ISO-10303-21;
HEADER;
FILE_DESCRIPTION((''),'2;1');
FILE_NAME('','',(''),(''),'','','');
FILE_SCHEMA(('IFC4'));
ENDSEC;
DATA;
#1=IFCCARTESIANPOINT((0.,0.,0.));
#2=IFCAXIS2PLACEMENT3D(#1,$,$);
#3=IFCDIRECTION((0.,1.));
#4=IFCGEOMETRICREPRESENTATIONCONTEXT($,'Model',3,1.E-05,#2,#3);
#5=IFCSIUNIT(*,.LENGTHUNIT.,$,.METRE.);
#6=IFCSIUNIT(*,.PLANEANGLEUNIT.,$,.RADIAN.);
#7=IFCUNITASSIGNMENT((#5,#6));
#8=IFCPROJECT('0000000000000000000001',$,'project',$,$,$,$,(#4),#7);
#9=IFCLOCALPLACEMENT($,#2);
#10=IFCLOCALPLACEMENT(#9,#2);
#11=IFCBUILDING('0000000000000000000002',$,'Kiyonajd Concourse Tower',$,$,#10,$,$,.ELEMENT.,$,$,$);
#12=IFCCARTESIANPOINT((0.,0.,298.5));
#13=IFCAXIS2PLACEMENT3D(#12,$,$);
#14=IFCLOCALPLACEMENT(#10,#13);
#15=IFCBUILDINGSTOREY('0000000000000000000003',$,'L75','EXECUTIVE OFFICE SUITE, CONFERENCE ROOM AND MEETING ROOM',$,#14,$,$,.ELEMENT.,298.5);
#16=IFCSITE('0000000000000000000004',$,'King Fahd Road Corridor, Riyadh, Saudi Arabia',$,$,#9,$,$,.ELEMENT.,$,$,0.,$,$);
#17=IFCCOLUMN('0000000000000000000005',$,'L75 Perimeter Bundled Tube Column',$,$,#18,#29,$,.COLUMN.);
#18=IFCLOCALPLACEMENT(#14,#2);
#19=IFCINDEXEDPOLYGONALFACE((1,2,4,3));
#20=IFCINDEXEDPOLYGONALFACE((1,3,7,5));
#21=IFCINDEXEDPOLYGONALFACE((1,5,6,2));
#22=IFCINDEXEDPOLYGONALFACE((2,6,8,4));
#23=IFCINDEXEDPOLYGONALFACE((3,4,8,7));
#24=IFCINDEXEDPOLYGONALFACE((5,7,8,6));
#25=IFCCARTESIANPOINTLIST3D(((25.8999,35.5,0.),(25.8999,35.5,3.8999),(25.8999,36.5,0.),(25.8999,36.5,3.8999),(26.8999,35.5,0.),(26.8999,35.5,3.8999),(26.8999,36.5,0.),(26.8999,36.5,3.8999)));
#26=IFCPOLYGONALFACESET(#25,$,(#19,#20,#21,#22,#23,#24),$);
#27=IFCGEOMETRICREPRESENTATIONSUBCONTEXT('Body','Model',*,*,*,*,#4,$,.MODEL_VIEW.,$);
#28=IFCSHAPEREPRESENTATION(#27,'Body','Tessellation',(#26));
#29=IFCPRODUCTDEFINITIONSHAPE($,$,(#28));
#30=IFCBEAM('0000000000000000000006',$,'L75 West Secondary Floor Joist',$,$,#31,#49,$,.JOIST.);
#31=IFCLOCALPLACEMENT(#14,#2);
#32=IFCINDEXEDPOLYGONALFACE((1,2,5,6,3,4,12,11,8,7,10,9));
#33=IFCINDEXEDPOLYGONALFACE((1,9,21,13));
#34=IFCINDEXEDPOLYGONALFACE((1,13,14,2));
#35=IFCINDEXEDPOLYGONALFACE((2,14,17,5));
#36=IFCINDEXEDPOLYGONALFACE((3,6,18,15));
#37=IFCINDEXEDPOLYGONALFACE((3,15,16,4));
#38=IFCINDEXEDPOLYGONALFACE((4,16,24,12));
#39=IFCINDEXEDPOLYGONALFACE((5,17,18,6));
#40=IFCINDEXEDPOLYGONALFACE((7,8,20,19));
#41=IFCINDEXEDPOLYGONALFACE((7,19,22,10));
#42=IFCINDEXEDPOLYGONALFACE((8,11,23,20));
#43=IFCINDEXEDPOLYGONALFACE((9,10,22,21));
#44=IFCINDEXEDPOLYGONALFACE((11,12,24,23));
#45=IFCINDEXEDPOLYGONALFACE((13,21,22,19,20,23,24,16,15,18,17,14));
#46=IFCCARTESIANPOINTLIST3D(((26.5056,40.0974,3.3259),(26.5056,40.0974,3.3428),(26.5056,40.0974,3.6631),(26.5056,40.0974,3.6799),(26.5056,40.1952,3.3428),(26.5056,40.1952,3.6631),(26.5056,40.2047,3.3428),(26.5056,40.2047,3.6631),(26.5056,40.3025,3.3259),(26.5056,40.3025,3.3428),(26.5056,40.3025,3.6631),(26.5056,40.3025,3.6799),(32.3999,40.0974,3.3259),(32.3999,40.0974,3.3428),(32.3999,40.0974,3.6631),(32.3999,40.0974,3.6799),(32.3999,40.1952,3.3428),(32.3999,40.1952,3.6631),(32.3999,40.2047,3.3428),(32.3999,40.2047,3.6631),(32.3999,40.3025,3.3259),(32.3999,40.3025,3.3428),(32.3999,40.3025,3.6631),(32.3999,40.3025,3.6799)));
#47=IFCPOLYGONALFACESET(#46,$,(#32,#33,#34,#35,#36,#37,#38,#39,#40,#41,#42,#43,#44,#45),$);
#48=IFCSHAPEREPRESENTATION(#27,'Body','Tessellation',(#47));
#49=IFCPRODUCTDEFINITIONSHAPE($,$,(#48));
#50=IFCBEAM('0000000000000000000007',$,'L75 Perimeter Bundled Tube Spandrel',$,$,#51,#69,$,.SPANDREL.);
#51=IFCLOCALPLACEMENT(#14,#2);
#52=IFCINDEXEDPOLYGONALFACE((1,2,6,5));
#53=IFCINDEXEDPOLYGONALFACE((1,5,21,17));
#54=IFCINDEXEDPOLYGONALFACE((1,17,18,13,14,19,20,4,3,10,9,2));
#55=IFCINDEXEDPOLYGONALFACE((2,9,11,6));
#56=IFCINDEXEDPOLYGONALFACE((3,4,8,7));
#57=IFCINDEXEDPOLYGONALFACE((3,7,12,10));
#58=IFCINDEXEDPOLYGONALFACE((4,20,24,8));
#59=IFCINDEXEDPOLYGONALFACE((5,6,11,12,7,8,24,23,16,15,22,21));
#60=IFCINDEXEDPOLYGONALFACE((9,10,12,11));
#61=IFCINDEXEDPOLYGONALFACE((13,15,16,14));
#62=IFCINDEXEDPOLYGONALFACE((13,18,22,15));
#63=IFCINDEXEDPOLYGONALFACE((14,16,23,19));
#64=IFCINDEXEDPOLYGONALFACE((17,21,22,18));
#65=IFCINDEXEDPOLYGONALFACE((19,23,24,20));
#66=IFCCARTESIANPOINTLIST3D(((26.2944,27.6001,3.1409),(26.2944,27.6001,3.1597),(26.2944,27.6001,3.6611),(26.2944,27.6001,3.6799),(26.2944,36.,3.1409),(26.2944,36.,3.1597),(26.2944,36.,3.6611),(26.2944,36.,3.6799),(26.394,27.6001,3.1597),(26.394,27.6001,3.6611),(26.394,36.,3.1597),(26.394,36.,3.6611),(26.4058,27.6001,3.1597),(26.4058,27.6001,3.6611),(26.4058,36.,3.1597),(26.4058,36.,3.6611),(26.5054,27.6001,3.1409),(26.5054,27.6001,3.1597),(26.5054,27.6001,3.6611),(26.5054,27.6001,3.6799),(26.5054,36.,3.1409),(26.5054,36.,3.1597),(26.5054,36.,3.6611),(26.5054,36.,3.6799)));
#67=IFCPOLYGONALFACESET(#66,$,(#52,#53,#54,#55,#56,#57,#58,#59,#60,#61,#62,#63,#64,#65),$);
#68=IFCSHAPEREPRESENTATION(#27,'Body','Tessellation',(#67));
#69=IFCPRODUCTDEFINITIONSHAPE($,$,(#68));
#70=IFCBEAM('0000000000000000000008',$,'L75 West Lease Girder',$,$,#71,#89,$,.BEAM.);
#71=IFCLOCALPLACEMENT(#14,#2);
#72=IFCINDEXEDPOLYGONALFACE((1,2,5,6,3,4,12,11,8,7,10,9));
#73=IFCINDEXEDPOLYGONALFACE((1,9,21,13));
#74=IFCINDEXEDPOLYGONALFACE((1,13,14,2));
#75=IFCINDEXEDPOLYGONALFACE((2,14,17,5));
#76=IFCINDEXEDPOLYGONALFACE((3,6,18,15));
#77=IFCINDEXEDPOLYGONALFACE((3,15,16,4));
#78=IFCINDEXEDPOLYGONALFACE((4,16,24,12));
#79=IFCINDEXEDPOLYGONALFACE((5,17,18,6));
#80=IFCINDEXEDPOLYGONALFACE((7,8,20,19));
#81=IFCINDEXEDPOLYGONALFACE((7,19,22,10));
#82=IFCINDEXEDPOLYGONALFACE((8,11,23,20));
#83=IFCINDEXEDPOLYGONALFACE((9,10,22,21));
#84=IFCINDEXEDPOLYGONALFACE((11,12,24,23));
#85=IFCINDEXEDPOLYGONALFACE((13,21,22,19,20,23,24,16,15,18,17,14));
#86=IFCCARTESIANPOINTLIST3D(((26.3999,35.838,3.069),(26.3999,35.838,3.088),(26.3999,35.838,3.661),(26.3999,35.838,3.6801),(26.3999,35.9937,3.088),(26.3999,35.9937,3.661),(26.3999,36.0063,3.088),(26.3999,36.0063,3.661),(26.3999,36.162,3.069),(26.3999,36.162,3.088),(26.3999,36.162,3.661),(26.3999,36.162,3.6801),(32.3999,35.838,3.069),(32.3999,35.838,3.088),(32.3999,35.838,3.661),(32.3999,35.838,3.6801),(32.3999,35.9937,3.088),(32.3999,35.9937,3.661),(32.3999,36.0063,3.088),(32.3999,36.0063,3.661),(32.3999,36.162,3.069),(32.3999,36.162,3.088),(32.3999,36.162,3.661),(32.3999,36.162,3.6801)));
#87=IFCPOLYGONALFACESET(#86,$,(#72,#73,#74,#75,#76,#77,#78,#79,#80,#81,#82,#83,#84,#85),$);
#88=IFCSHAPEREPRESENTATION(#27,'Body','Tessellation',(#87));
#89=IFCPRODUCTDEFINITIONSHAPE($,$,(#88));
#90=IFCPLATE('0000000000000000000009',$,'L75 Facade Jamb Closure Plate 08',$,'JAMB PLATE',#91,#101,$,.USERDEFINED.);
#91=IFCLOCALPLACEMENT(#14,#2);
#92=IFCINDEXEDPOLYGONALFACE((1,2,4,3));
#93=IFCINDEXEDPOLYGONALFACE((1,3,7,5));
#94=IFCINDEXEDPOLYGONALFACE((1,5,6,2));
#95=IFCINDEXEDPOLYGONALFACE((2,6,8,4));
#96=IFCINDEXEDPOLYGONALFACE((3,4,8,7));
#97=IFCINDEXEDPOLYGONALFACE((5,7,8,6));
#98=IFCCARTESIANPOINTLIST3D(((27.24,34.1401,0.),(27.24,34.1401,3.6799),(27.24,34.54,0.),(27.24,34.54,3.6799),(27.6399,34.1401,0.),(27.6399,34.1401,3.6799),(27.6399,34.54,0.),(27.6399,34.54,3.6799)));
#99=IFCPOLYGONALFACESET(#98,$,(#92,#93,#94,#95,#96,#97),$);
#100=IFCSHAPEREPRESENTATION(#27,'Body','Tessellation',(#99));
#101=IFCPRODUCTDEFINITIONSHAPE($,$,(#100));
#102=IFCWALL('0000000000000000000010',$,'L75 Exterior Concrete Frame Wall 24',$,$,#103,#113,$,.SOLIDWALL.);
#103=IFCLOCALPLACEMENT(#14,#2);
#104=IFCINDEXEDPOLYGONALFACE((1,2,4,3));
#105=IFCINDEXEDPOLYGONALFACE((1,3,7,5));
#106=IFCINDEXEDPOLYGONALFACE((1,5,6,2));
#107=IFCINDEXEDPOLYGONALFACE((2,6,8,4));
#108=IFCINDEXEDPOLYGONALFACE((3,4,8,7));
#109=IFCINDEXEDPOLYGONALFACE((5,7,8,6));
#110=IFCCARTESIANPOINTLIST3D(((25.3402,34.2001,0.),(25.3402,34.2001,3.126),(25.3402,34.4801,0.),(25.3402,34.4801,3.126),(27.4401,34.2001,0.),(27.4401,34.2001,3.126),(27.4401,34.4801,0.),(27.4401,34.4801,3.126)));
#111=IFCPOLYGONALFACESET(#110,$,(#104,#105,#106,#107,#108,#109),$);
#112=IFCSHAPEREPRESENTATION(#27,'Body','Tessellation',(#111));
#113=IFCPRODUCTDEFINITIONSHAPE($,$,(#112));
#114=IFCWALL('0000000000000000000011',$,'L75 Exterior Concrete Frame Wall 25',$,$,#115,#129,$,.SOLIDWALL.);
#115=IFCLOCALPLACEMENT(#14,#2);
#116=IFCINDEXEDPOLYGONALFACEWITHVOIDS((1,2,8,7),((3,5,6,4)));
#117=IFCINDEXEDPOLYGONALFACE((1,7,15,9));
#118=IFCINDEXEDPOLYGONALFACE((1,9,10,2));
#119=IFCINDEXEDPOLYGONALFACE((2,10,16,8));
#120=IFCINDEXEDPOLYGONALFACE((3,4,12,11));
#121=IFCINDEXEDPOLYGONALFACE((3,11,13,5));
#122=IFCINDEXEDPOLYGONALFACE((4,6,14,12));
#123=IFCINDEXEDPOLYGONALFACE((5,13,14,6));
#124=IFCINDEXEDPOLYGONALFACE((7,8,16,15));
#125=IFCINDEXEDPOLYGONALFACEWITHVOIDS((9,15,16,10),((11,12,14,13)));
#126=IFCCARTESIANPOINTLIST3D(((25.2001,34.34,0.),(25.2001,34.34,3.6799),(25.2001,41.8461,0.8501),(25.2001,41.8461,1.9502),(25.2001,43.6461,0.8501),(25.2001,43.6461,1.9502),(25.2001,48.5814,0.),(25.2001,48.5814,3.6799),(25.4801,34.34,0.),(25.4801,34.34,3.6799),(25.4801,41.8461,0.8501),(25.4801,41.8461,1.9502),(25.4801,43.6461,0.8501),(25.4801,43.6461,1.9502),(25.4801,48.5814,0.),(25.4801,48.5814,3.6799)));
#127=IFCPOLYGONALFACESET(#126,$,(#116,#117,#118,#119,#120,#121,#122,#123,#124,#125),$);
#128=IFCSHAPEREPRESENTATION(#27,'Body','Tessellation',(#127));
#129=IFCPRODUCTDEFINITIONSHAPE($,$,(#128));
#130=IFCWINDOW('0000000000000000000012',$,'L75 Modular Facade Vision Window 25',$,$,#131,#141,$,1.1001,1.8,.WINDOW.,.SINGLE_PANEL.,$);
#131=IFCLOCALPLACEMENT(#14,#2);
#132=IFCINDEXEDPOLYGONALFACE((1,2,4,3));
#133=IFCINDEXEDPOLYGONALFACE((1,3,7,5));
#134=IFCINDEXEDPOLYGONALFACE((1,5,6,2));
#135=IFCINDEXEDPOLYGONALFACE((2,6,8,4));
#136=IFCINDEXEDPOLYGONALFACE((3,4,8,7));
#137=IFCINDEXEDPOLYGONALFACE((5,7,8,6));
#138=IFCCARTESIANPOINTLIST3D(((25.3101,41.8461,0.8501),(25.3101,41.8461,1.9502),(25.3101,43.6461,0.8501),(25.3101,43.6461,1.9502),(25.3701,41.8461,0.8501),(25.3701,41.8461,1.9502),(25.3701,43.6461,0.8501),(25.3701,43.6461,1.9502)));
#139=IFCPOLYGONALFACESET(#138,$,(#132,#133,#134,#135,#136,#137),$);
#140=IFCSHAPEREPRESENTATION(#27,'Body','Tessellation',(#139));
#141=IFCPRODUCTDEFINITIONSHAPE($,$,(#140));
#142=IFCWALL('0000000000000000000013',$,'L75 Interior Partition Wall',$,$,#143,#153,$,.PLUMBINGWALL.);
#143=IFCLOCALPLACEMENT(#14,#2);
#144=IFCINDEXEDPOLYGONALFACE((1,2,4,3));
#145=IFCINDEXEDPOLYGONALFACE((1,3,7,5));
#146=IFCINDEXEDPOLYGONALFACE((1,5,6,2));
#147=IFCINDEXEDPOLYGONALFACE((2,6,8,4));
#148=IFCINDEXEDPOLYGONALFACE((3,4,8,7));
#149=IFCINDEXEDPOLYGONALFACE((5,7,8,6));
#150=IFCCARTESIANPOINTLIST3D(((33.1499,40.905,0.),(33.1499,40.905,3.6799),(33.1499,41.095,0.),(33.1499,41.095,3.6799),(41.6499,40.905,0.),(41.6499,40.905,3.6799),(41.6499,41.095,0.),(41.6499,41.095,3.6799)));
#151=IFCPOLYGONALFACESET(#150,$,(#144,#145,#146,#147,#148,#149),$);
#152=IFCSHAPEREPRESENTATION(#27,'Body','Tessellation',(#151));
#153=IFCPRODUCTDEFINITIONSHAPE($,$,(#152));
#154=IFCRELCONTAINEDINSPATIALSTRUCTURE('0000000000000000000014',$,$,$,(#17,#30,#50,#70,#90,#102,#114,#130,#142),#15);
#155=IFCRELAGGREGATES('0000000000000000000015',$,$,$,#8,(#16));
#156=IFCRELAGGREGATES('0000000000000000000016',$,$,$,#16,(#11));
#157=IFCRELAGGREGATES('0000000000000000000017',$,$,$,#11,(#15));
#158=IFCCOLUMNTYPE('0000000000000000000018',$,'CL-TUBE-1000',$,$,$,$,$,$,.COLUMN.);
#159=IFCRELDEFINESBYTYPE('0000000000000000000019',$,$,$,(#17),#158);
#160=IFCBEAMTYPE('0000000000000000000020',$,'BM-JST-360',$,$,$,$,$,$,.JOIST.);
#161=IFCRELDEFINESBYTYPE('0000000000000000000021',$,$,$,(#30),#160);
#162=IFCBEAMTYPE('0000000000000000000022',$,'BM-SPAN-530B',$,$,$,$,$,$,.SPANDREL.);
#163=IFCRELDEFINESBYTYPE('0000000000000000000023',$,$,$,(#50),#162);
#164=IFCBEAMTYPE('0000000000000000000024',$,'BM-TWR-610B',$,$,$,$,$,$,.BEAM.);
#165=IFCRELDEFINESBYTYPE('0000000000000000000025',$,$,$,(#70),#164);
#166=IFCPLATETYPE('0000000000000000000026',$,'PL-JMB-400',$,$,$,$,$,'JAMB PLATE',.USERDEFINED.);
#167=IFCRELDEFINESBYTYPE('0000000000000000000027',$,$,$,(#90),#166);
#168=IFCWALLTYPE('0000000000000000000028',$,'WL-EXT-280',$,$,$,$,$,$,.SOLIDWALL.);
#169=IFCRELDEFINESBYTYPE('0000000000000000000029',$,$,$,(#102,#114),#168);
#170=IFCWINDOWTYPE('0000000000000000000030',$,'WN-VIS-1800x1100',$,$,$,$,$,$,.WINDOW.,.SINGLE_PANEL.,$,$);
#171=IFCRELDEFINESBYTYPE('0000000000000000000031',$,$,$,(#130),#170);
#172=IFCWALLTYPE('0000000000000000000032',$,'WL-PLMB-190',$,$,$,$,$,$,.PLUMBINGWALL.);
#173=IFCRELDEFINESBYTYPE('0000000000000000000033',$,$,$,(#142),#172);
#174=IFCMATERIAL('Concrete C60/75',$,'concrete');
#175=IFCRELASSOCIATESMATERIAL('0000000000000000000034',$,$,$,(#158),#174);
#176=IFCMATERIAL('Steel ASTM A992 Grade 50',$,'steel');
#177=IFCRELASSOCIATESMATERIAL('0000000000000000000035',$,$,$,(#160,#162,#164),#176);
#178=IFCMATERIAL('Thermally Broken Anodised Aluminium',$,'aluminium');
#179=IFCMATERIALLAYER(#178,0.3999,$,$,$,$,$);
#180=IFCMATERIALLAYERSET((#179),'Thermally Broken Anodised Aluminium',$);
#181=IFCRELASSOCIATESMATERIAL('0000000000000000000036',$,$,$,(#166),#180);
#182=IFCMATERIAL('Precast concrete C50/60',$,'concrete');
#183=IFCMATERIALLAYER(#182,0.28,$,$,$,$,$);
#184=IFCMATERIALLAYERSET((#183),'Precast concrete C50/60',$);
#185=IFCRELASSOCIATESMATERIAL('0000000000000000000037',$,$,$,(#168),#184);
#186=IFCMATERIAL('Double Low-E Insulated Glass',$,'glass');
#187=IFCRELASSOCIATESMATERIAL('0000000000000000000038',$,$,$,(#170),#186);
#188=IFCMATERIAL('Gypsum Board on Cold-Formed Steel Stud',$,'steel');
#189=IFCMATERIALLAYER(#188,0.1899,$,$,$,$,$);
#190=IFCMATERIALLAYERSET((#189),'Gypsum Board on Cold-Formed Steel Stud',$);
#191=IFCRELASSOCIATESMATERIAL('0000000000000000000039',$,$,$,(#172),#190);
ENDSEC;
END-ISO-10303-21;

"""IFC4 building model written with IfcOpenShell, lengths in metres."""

from ifc_helpers import new_model, si_unit, direction, frame, frame_2d, origin, origin_2d, place, context, subcontext, project, spatial, rectangle, i_section, extrude, material, layer, layer_set, material_profile, profile_set, type_object, element, fill, save


model = new_model("IFC4")

# Units and contexts
model_context = context("Model", 3, precision=1e-05, world=origin(), true_north=direction((0.0, 1.0)))
body_context = subcontext(model_context, "Body", "Model", "MODEL_VIEW")
ifc_project = project(units=[si_unit("LENGTHUNIT", "METRE"), si_unit("PLANEANGLEUNIT", "RADIAN")], contexts=[model_context])

# Site, building, storey
site_placement = place(None, origin())
site = spatial("IfcSite", under=ifc_project, at=site_placement, Name="King Fahd Road Corridor, Riyadh, Saudi Arabia", CompositionType="ELEMENT", RefElevation=0.0)
building_placement = place(site_placement, origin())
building = spatial("IfcBuilding", under=site, at=building_placement, Name="Kiyonajd Concourse Tower", CompositionType="ELEMENT")
storey_placement = place(building_placement, frame((0.0, 0.0, 298.5)))
storey = spatial("IfcBuildingStorey", under=building, at=storey_placement, Name="L75", Description="EXECUTIVE OFFICE SUITE, CONFERENCE ROOM AND MEETING ROOM", CompositionType="ELEMENT", Elevation=298.5)

# Column
ifc_material_1 = material(Name="Concrete C60/75", Category="concrete")
ifc_material_profile_1 = material_profile(ifc_material_1, rectangle(XDim=1.0, YDim=1.0, at=origin_2d()), Name="RC-1000x1000")
ifc_profile_set_1 = profile_set([ifc_material_profile_1], Name="Concrete C60/75")
column_type = type_object("IfcColumnType", Name="CL-TUBE-1000", PredefinedType="COLUMN", material=ifc_profile_set_1)
column_placement = place(storey_placement, frame((26.3999, 36.0, 0.0), z_axis=(0.0, 0.0, 1.0), x_axis=(1.0, 0.0, 0.0)))
element("IfcColumn", 1, at=column_placement, inside=storey, type_object=column_type, Name="L75 Perimeter Bundled Tube Column", PredefinedType="COLUMN", context=body_context, shape_type="SweptSolid", body=[
    extrude(rectangle(XDim=1.0, YDim=1.0, at=origin_2d()), origin(), (0.0, 0.0, 1.0), 3.8999),
])

# Beams
ifc_material_2 = material(Name="Steel ASTM A992 Grade 50", Category="steel")
ifc_material_profile_2 = material_profile(ifc_material_2, i_section(OverallWidth=0.2051, OverallDepth=0.354, WebThickness=0.0095, FlangeThickness=0.0168, at=origin_2d()), Name="W360X79")
ifc_profile_set_2 = profile_set([ifc_material_profile_2], Name="Steel ASTM A992 Grade 50")
beam_type_1 = type_object("IfcBeamType", Name="BM-JST-360", PredefinedType="JOIST", material=ifc_profile_set_2)
beam_1_placement = place(storey_placement, frame((26.5056, 40.2, 3.5029), z_axis=(1.0, 0.0, 0.0), x_axis=(0.0, 1.0, 0.0)))
element("IfcBeam", 2, at=beam_1_placement, inside=storey, type_object=beam_type_1, Name="L75 West Secondary Floor Joist", PredefinedType="JOIST", context=body_context, shape_type="SweptSolid", body=[
    extrude(i_section(OverallWidth=0.2051, OverallDepth=0.354, WebThickness=0.0095, FlangeThickness=0.0168, at=origin_2d()), origin(), (0.0, 0.0, 1.0), 5.8943),
])
ifc_material_profile_3 = material_profile(ifc_material_2, i_section(OverallWidth=0.2109, OverallDepth=0.5391, WebThickness=0.0117, FlangeThickness=0.0188, at=origin_2d()), Name="W530X109")
ifc_profile_set_3 = profile_set([ifc_material_profile_3], Name="Steel ASTM A992 Grade 50")
beam_type_2 = type_object("IfcBeamType", Name="BM-SPAN-530B", PredefinedType="SPANDREL", material=ifc_profile_set_3)
beam_2_placement = place(storey_placement, frame((26.3999, 36.0, 3.4104), z_axis=(0.0, -1.0, 0.0), x_axis=(1.0, 0.0, 0.0)))
element("IfcBeam", 3, at=beam_2_placement, inside=storey, type_object=beam_type_2, Name="L75 Perimeter Bundled Tube Spandrel", PredefinedType="SPANDREL", context=body_context, shape_type="SweptSolid", body=[
    extrude(i_section(OverallWidth=0.2109, OverallDepth=0.5391, WebThickness=0.0117, FlangeThickness=0.0188, at=origin_2d()), origin(), (0.0, 0.0, 1.0), 8.3999),
])
ifc_material_profile_4 = material_profile(ifc_material_2, i_section(OverallWidth=0.324, OverallDepth=0.6111, WebThickness=0.0127, FlangeThickness=0.019, at=origin_2d()), Name="W610X155")
ifc_profile_set_4 = profile_set([ifc_material_profile_4], Name="Steel ASTM A992 Grade 50")
beam_type_3 = type_object("IfcBeamType", Name="BM-TWR-610B", PredefinedType="BEAM", material=ifc_profile_set_4)
beam_3_placement = place(storey_placement, frame((26.3999, 36.0, 3.3745), z_axis=(1.0, 0.0, 0.0), x_axis=(0.0, 1.0, 0.0)))
element("IfcBeam", 4, at=beam_3_placement, inside=storey, type_object=beam_type_3, Name="L75 West Lease Girder", PredefinedType="BEAM", context=body_context, shape_type="SweptSolid", body=[
    extrude(i_section(OverallWidth=0.324, OverallDepth=0.6111, WebThickness=0.0127, FlangeThickness=0.019, at=origin_2d()), origin(), (0.0, 0.0, 1.0), 6.0),
])

# Plate
ifc_material_3 = material(Name="Thermally Broken Anodised Aluminium", Category="aluminium")
ifc_layer_1 = layer(ifc_material_3, 0.3999)
ifc_layer_set_1 = layer_set([ifc_layer_1], Name="Thermally Broken Anodised Aluminium")
plate_type = type_object("IfcPlateType", Name="PL-JMB-400", ElementType="JAMB PLATE", PredefinedType="USERDEFINED", material=ifc_layer_set_1)
plate_placement = place(storey_placement, frame((27.4399, 34.3401, 0.0), z_axis=(0.0, 0.0, 1.0), x_axis=(1.0, 0.0, 0.0)))
element("IfcPlate", 5, at=plate_placement, inside=storey, type_object=plate_type, Name="L75 Facade Jamb Closure Plate 08", ObjectType="JAMB PLATE", PredefinedType="USERDEFINED", context=body_context, shape_type="SweptSolid", body=[
    extrude(rectangle(XDim=0.3999, YDim=0.3999, at=origin_2d()), origin(), (0.0, 0.0, 1.0), 3.6799),
])

# Wall
ifc_material_4 = material(Name="Precast concrete C50/60", Category="concrete")
ifc_layer_2 = layer(ifc_material_4, 0.28)
ifc_layer_set_2 = layer_set([ifc_layer_2], Name="Precast concrete C50/60")
wall_type_1 = type_object("IfcWallType", Name="WL-EXT-280", PredefinedType="SOLIDWALL", material=ifc_layer_set_2)
wall_1_placement = place(storey_placement, frame((27.4399, 34.3401, 0.0), z_axis=(0.0, 0.0, 1.0), x_axis=(-1.0, 0.0, 0.0)))
element("IfcWall", 6, at=wall_1_placement, inside=storey, type_object=wall_type_1, Name="L75 Exterior Concrete Frame Wall 24", PredefinedType="SOLIDWALL", context=body_context, shape_type="SweptSolid", body=[
    extrude(rectangle(XDim=2.0999, YDim=0.28, at=frame_2d((1.0498, 0.0))), origin(), (0.0, 0.0, 1.0), 3.126),
])

# Wall, opening, window
wall_2_placement = place(storey_placement, frame((25.3401, 34.3401, 0.0), z_axis=(0.0, 0.0, 1.0), x_axis=(0.0, 1.0, 0.0)))
wall_2 = element("IfcWall", 7, at=wall_2_placement, inside=storey, type_object=wall_type_1, Name="L75 Exterior Concrete Frame Wall 25", PredefinedType="SOLIDWALL", context=body_context, shape_type="SweptSolid", body=[
    extrude(rectangle(XDim=14.2415, YDim=0.28, at=frame_2d((7.1206, 0.0))), origin(), (0.0, 0.0, 1.0), 3.6799),
])
opening_1_placement = place(wall_2_placement, frame((7.5061, 0.0, 0.8501)))
opening_1 = element("IfcOpeningElement", 8, at=opening_1_placement, cuts=wall_2, PredefinedType="OPENING", context=body_context, shape_type="SweptSolid", body=[
    extrude(rectangle(XDim=1.8, YDim=1.1001, at=frame_2d((0.8999, 0.55))), frame((0.0, 0.1499, 0.0), z_axis=(0.0, -1.0, 0.0), x_axis=(1.0, 0.0, 0.0)), (0.0, 0.0, 1.0), 0.3),
])
ifc_material_5 = material(Name="Double Low-E Insulated Glass", Category="glass")
window_type = type_object("IfcWindowType", Name="WN-VIS-1800x1100", PartitioningType="SINGLE_PANEL", PredefinedType="WINDOW", material=ifc_material_5)
window_placement = place(opening_1_placement, origin())
window = element("IfcWindow", 9, at=window_placement, inside=storey, type_object=window_type, Name="L75 Modular Facade Vision Window 25", OverallHeight=1.1001, OverallWidth=1.8, PartitioningType="SINGLE_PANEL", PredefinedType="WINDOW", context=body_context, shape_type="SweptSolid", body=[
    extrude(rectangle(XDim=1.8, YDim=1.1001, at=frame_2d((0.8999, 0.55))), frame((0.0, 0.03, 0.0), z_axis=(0.0, -1.0, 0.0), x_axis=(1.0, 0.0, 0.0)), (0.0, 0.0, 1.0), 0.0601),
])
fill(opening_1, window)

# Wall
ifc_material_6 = material(Name="Gypsum Board on Cold-Formed Steel Stud", Category="steel")
ifc_layer_3 = layer(ifc_material_6, 0.1899)
ifc_layer_set_3 = layer_set([ifc_layer_3], Name="Gypsum Board on Cold-Formed Steel Stud")
wall_type_2 = type_object("IfcWallType", Name="WL-PLMB-190", PredefinedType="PLUMBINGWALL", material=ifc_layer_set_3)
wall_3_placement = place(storey_placement, frame((33.1499, 41.0, 0.0), z_axis=(0.0, 0.0, 1.0), x_axis=(1.0, 0.0, 0.0)))
element("IfcWall", 10, at=wall_3_placement, inside=storey, type_object=wall_type_2, Name="L75 Interior Partition Wall", PredefinedType="PLUMBINGWALL", context=body_context, shape_type="SweptSolid", body=[
    extrude(rectangle(XDim=8.5, YDim=0.1899, at=frame_2d((4.25, 0.0))), origin(), (0.0, 0.0, 1.0), 3.6799),
])

save(model, "model.ifc")
